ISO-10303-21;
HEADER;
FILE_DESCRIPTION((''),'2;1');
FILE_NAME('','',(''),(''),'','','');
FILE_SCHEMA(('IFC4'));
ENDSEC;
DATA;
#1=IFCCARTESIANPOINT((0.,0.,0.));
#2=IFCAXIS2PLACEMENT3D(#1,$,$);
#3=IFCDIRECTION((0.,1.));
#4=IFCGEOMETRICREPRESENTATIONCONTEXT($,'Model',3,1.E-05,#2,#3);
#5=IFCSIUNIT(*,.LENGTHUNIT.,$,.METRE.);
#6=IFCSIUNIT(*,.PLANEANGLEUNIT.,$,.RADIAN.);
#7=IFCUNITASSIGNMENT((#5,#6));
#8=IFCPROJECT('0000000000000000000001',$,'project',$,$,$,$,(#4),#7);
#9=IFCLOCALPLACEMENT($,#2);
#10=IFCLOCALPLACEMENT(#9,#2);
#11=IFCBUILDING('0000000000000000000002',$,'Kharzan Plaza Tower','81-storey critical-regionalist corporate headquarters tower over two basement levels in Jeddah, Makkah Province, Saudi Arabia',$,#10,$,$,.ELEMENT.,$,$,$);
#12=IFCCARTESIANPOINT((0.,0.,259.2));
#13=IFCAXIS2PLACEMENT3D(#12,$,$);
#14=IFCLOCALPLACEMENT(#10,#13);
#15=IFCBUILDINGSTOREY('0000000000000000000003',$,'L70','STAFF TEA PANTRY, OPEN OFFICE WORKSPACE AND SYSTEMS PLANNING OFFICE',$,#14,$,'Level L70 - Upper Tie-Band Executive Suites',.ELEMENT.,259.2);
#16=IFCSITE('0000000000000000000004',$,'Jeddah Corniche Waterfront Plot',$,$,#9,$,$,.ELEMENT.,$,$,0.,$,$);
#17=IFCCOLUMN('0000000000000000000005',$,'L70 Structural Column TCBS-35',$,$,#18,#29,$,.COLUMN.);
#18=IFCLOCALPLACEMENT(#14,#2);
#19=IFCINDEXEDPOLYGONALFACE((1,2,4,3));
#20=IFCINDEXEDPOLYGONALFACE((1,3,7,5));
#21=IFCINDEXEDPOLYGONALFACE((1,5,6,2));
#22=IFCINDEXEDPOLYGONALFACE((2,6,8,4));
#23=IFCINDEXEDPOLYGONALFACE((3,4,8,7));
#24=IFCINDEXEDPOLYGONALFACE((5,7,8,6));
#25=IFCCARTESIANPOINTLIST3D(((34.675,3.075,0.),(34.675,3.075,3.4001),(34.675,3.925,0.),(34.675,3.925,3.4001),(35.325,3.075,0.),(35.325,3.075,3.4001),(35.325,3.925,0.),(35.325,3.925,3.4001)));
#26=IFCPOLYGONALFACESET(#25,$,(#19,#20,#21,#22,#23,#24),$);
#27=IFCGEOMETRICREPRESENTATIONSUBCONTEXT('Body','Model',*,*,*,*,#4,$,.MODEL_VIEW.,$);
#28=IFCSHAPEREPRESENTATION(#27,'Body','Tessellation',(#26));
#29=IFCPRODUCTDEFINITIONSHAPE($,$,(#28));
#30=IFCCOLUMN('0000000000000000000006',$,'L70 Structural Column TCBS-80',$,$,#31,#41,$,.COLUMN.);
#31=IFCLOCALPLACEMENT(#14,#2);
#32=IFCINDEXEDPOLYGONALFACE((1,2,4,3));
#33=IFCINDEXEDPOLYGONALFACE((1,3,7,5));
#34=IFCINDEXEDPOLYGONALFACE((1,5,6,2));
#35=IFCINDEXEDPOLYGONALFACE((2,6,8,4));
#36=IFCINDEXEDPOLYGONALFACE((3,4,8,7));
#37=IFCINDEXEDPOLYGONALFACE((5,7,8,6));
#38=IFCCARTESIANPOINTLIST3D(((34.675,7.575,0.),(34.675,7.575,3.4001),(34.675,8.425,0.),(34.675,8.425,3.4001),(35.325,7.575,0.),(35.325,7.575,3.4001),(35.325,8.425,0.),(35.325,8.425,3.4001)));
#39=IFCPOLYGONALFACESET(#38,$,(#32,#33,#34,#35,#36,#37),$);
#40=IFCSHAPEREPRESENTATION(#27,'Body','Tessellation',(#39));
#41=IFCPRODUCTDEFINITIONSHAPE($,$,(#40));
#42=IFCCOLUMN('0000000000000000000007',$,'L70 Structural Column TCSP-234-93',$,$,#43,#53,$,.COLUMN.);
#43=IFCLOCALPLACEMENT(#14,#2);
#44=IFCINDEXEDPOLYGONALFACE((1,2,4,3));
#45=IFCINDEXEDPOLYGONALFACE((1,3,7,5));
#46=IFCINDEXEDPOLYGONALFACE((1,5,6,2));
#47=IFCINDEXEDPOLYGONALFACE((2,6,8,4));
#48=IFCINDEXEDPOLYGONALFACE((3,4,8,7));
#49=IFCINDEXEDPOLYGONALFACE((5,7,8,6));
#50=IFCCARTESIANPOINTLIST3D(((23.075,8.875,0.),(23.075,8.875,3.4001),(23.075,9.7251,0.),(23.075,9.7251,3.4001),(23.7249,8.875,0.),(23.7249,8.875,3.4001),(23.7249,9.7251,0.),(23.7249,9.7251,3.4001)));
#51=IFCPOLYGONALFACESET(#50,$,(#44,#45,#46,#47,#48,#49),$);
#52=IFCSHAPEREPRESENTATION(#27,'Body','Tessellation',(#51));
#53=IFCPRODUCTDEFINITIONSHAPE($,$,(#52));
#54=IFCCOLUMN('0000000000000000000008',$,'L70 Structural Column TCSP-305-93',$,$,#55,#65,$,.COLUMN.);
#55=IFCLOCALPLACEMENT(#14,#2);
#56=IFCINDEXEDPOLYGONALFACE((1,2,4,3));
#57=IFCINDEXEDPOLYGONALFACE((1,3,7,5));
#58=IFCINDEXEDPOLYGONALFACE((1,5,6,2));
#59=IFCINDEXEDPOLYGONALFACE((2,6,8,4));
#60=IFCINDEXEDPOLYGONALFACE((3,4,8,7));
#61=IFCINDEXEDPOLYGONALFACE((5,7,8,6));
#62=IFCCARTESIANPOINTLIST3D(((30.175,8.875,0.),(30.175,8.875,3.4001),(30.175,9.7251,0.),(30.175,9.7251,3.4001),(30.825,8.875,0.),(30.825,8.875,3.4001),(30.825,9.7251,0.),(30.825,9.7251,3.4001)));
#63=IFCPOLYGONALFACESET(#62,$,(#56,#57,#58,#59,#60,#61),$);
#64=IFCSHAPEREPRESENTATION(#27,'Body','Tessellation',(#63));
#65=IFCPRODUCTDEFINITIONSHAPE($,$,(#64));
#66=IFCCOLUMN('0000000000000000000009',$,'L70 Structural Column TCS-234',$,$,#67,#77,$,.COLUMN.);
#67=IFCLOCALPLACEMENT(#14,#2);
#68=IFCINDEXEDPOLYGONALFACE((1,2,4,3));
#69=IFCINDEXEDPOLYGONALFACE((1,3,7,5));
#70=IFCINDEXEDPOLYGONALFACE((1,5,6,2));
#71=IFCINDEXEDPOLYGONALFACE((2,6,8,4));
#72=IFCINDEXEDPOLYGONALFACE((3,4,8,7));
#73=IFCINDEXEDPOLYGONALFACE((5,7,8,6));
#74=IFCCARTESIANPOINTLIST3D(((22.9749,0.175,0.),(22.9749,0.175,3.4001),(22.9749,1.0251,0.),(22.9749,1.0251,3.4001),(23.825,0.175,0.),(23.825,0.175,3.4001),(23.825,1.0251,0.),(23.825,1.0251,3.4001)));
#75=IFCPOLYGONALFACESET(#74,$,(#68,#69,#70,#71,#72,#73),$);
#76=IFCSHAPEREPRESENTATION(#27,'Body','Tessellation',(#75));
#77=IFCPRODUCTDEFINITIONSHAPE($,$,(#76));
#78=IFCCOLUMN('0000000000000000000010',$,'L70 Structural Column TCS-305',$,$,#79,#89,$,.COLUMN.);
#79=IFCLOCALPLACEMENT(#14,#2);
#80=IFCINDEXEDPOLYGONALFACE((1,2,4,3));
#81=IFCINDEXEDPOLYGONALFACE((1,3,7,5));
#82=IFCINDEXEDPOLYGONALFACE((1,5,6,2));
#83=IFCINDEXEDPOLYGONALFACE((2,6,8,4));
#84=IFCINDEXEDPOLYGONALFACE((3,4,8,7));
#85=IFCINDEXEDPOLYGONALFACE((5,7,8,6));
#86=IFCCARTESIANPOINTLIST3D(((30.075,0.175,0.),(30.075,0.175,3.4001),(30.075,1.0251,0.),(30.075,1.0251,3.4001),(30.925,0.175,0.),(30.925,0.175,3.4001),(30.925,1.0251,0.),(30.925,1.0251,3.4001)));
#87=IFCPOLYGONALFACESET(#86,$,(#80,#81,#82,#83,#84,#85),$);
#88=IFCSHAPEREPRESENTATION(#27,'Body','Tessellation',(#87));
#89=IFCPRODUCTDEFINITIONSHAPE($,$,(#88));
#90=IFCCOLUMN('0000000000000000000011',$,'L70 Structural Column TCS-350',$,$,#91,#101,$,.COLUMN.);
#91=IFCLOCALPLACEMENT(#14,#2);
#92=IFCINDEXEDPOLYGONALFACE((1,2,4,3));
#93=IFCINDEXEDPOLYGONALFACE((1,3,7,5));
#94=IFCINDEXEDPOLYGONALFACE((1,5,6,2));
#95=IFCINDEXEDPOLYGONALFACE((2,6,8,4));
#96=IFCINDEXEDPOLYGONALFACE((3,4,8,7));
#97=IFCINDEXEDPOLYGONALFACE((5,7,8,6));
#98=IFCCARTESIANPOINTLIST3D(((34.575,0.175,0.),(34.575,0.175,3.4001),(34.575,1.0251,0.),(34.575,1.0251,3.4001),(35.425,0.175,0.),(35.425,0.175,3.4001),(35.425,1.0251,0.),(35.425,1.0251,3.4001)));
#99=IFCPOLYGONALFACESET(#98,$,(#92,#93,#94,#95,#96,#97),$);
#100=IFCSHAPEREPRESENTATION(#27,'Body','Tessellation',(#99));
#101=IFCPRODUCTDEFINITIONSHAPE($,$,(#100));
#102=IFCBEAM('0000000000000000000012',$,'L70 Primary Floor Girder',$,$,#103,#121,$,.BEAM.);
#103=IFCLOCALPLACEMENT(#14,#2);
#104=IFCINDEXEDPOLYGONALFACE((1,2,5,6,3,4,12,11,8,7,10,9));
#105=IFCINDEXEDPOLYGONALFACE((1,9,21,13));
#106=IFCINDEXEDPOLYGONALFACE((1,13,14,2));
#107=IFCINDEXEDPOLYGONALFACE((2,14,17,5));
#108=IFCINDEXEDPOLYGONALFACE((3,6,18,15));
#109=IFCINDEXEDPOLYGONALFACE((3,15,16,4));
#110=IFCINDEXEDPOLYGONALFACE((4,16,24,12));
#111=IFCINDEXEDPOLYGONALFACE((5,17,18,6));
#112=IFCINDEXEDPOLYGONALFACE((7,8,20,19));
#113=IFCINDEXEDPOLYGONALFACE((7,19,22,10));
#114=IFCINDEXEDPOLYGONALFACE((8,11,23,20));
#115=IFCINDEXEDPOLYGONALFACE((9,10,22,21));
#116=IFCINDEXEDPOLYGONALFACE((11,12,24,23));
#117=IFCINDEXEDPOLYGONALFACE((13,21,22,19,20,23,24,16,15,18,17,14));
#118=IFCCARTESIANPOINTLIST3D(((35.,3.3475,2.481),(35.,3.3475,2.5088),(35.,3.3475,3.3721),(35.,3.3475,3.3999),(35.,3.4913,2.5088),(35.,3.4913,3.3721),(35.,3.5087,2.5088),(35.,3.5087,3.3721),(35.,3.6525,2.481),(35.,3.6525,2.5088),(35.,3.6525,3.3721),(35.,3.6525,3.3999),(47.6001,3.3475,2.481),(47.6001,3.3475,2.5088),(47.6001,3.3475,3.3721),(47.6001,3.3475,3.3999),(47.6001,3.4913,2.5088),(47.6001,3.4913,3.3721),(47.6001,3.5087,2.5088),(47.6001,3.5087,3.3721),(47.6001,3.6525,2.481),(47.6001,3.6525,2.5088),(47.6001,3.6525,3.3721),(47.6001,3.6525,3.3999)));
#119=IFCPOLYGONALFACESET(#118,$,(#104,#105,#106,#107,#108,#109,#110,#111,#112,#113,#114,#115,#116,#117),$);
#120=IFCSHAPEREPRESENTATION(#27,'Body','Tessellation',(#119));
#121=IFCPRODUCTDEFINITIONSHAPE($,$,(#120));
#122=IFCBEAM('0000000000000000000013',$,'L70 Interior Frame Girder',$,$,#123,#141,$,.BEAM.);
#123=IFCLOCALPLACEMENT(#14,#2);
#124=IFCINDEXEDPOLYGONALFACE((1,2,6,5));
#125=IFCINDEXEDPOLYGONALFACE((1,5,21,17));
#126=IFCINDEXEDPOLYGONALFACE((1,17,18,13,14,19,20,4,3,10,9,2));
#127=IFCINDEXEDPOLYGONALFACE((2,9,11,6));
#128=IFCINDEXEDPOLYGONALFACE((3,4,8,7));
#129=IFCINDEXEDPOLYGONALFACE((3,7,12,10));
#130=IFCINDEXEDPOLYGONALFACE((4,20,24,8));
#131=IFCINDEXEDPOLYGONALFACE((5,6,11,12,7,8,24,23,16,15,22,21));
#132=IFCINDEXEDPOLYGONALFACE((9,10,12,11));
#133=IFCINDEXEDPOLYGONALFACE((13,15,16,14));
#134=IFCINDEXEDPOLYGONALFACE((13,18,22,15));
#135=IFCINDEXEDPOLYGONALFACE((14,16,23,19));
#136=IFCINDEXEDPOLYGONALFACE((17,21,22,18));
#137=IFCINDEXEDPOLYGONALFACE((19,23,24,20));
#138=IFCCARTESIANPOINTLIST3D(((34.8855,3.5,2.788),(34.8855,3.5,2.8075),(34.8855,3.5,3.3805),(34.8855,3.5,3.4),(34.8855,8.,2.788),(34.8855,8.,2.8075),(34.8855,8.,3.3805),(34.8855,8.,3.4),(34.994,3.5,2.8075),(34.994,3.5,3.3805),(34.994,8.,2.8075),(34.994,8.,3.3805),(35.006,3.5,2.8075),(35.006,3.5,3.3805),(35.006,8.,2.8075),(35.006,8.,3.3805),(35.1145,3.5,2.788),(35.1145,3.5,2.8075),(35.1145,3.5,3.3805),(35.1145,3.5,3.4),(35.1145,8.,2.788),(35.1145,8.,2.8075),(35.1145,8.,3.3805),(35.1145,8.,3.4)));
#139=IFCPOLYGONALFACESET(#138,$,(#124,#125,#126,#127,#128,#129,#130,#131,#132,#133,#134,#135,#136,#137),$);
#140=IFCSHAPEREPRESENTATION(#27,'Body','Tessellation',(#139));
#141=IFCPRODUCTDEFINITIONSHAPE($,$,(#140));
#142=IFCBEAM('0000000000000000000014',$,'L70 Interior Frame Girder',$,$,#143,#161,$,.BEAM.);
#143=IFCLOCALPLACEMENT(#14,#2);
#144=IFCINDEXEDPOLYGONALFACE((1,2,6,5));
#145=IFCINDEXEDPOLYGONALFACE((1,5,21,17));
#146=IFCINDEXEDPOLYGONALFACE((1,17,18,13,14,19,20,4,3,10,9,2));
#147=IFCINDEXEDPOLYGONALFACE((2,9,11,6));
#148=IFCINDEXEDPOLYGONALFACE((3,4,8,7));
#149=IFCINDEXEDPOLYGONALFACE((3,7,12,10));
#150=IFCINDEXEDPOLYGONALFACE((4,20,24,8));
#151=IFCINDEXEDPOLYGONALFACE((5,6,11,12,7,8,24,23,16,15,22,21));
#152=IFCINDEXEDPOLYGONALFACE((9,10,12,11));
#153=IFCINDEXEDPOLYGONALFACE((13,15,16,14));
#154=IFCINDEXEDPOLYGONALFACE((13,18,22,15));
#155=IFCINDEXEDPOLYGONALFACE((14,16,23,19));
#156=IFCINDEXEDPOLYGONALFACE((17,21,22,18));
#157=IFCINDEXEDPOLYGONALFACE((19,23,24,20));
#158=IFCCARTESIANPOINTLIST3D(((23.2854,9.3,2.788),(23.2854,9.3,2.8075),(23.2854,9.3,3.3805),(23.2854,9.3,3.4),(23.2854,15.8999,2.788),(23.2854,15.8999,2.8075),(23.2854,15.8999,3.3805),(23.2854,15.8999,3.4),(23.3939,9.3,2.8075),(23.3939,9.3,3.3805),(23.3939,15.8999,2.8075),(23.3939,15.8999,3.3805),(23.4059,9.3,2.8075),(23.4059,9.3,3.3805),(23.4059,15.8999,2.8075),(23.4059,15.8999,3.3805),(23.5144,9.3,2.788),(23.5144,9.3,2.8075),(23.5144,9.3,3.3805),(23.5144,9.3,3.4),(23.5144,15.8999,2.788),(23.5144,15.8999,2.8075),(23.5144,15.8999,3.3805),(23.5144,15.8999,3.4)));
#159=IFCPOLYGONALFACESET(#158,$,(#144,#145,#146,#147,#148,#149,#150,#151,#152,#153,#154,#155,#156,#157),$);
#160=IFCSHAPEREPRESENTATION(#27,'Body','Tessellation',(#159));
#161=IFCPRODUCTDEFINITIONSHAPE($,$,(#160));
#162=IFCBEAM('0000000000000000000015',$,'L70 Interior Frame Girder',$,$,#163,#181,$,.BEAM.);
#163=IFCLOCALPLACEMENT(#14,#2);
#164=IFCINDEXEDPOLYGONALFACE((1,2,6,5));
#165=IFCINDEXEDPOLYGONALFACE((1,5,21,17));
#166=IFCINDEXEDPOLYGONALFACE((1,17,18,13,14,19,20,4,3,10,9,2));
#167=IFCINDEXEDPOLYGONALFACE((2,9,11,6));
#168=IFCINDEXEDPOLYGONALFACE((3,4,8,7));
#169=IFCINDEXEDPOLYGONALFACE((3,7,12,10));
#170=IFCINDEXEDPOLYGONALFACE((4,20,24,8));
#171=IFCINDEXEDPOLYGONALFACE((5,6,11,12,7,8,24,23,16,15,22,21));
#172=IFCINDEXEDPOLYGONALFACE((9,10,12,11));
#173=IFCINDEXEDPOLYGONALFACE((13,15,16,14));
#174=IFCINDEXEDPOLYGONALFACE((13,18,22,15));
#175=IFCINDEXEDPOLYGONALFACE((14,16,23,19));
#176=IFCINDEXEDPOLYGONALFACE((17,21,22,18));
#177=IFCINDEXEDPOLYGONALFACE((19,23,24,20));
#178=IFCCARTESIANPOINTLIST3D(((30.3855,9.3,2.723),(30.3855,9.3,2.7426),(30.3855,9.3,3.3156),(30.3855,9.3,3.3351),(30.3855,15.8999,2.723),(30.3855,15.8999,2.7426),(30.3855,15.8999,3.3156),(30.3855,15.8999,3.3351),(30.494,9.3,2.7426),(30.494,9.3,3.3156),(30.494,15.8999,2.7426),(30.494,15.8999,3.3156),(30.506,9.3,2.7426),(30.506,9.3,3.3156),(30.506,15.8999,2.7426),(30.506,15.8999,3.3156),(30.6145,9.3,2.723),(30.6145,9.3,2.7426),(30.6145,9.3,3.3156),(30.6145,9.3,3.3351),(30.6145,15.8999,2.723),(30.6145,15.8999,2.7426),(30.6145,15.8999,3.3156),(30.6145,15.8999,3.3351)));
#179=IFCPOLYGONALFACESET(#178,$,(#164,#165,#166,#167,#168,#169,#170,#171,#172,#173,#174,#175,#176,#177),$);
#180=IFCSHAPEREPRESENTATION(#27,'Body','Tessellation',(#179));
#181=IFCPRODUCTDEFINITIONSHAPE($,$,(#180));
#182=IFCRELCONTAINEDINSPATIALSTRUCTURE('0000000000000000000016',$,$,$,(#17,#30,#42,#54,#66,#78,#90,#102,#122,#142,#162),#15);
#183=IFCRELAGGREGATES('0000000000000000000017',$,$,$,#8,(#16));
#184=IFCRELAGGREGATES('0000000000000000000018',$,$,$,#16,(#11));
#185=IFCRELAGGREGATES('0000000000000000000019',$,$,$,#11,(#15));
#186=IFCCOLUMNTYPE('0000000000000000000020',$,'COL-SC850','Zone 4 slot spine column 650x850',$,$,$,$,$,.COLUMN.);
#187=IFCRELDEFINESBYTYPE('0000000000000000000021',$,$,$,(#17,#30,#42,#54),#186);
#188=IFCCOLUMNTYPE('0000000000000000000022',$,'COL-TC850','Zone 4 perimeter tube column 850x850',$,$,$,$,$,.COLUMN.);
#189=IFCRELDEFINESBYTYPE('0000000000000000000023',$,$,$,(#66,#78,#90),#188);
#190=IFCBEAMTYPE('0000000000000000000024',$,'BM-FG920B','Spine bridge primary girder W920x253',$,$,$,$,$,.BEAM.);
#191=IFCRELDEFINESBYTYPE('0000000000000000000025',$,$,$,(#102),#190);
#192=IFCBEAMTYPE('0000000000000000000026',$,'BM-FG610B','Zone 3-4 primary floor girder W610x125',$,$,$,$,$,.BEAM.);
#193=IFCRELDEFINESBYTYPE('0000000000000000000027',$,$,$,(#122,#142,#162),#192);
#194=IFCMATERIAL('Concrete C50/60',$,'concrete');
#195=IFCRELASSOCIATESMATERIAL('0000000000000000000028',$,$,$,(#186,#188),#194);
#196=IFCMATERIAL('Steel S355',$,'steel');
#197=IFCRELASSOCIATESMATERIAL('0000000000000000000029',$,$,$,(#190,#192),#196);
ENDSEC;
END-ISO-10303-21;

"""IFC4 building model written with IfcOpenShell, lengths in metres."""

from ifc_helpers import new_model, si_unit, direction, frame, origin, origin_2d, place, context, subcontext, project, spatial, rectangle, i_section, extrude, source, transform, mapped, material, material_profile, profile_set, type_object, element, save


model = new_model("IFC4")

# Units and contexts
model_context = context("Model", 3, precision=1e-05, world=origin(), true_north=direction((0.0, 1.0)))
body_context = subcontext(model_context, "Body", "Model", "MODEL_VIEW")
ifc_project = project(units=[si_unit("LENGTHUNIT", "METRE"), si_unit("PLANEANGLEUNIT", "RADIAN")], contexts=[model_context])

# Site, building, storey
site_placement = place(None, origin())
site = spatial("IfcSite", under=ifc_project, at=site_placement, Name="Jeddah Corniche Waterfront Plot", CompositionType="ELEMENT", RefElevation=0.0)
building_placement = place(site_placement, origin())
building = spatial("IfcBuilding", under=site, at=building_placement, Name="Kharzan Plaza Tower", Description="81-storey critical-regionalist corporate headquarters tower over two basement levels in Jeddah, Makkah Province, Saudi Arabia", CompositionType="ELEMENT")
storey_placement = place(building_placement, frame((0.0, 0.0, 259.2)))
storey = spatial("IfcBuildingStorey", under=building, at=storey_placement, Name="L70", Description="STAFF TEA PANTRY, OPEN OFFICE WORKSPACE AND SYSTEMS PLANNING OFFICE", LongName="Level L70 - Upper Tie-Band Executive Suites", CompositionType="ELEMENT", Elevation=259.2)

# Columns
ifc_material_1 = material(Name="Concrete C50/60", Category="concrete")
ifc_material_profile_1 = material_profile(ifc_material_1, rectangle(XDim=0.6499, YDim=0.8501, at=origin_2d()), Name="RC-SC850x650")
ifc_profile_set_1 = profile_set([ifc_material_profile_1], Name="Concrete C50/60")
column_type_1 = type_object("IfcColumnType", Name="COL-SC850", Description="Zone 4 slot spine column 650x850", PredefinedType="COLUMN", material=ifc_profile_set_1)
shared_shape_1 = source(origin(), body_context, "Body", "SweptSolid", [
    extrude(rectangle(XDim=0.6499, YDim=0.8501, at=origin_2d()), origin(), (0.0, 0.0, 1.0), 3.4001),
])
for number, where, z_axis, x_axis, name in (
    (1, (35.0, 3.5, 0.0), (0.0, 0.0, 1.0), (1.0, 0.0, 0.0), "L70 Structural Column TCBS-35"),
    (2, (35.0, 8.0, 0.0), (0.0, 0.0, 1.0), (1.0, 0.0, 0.0), "L70 Structural Column TCBS-80"),
    (3, (23.3999, 9.3, 0.0), (0.0, 0.0, 1.0), (1.0, 0.0, 0.0), "L70 Structural Column TCSP-234-93"),
    (4, (30.5, 9.3, 0.0), (0.0, 0.0, 1.0), (1.0, 0.0, 0.0), "L70 Structural Column TCSP-305-93"),
):
    element("IfcColumn", number, at=place(storey_placement, frame(where, z_axis=z_axis, x_axis=x_axis)), inside=storey, type_object=column_type_1, Name=name, PredefinedType="COLUMN", context=body_context, shape_type="MappedRepresentation", body=[
        mapped(shared_shape_1, transform((0.0, 0.0, 0.0), x_axis=(1.0, 0.0, 0.0), y_axis=(0.0, 1.0, 0.0), z_axis=(0.0, 0.0, 1.0))),
    ])
ifc_material_profile_2 = material_profile(ifc_material_1, rectangle(XDim=0.8501, YDim=0.8501, at=origin_2d()), Name="RC-TC850x850")
ifc_profile_set_2 = profile_set([ifc_material_profile_2], Name="Concrete C50/60")
column_type_2 = type_object("IfcColumnType", Name="COL-TC850", Description="Zone 4 perimeter tube column 850x850", PredefinedType="COLUMN", material=ifc_profile_set_2)
shared_shape_2 = source(origin(), body_context, "Body", "SweptSolid", [
    extrude(rectangle(XDim=0.8501, YDim=0.8501, at=origin_2d()), origin(), (0.0, 0.0, 1.0), 3.4001),
])
for number, where, z_axis, x_axis, name in (
    (5, (23.3999, 0.6001, 0.0), (0.0, 0.0, 1.0), (1.0, 0.0, 0.0), "L70 Structural Column TCS-234"),
    (6, (30.5, 0.6001, 0.0), (0.0, 0.0, 1.0), (1.0, 0.0, 0.0), "L70 Structural Column TCS-305"),
    (7, (35.0, 0.6001, 0.0), (0.0, 0.0, 1.0), (1.0, 0.0, 0.0), "L70 Structural Column TCS-350"),
):
    element("IfcColumn", number, at=place(storey_placement, frame(where, z_axis=z_axis, x_axis=x_axis)), inside=storey, type_object=column_type_2, Name=name, PredefinedType="COLUMN", context=body_context, shape_type="MappedRepresentation", body=[
        mapped(shared_shape_2, transform((0.0, 0.0, 0.0), x_axis=(1.0, 0.0, 0.0), y_axis=(0.0, 1.0, 0.0), z_axis=(0.0, 0.0, 1.0))),
    ])

# Beams
ifc_material_2 = material(Name="Steel S355", Category="steel")
ifc_material_profile_3 = material_profile(ifc_material_2, i_section(OverallWidth=0.3049, OverallDepth=0.9189, WebThickness=0.0173, FlangeThickness=0.0278, at=origin_2d()), Name="W920x253")
ifc_profile_set_3 = profile_set([ifc_material_profile_3], Name="Steel S355")
beam_type_1 = type_object("IfcBeamType", Name="BM-FG920B", Description="Spine bridge primary girder W920x253", PredefinedType="BEAM", material=ifc_profile_set_3)
shared_shape_3 = source(origin(), body_context, "Body", "SweptSolid", [
    extrude(i_section(OverallWidth=0.3049, OverallDepth=0.9189, WebThickness=0.0173, FlangeThickness=0.0278, at=origin_2d()), origin(), (0.0, 0.0, 1.0), 12.6001),
])
beam_1_placement = place(storey_placement, frame((35.0, 3.5, 2.9404), z_axis=(1.0, 0.0, 0.0), x_axis=(0.0, 1.0, 0.0)))
element("IfcBeam", 8, at=beam_1_placement, inside=storey, type_object=beam_type_1, Name="L70 Primary Floor Girder", PredefinedType="BEAM", context=body_context, shape_type="MappedRepresentation", body=[
    mapped(shared_shape_3, transform((0.0, 0.0, 0.0), x_axis=(1.0, 0.0, 0.0), y_axis=(0.0, 1.0, 0.0), z_axis=(0.0, 0.0, 1.0))),
])
ifc_material_profile_4 = material_profile(ifc_material_2, i_section(OverallWidth=0.229, OverallDepth=0.6121, WebThickness=0.012, FlangeThickness=0.0195, at=origin_2d()), Name="W610x125")
ifc_profile_set_4 = profile_set([ifc_material_profile_4], Name="Steel S355")
beam_type_2 = type_object("IfcBeamType", Name="BM-FG610B", Description="Zone 3-4 primary floor girder W610x125", PredefinedType="BEAM", material=ifc_profile_set_4)
shared_shape_4 = source(origin(), body_context, "Body", "SweptSolid", [
    extrude(i_section(OverallWidth=0.229, OverallDepth=0.6121, WebThickness=0.012, FlangeThickness=0.0195, at=origin_2d()), origin(), (0.0, 0.0, 1.0), 4.5),
])
beam_2_placement = place(storey_placement, frame((35.0, 3.5, 3.094), z_axis=(0.0, 1.0, 0.0), x_axis=(-1.0, 0.0, 0.0)))
element("IfcBeam", 9, at=beam_2_placement, inside=storey, type_object=beam_type_2, Name="L70 Interior Frame Girder", PredefinedType="BEAM", context=body_context, shape_type="MappedRepresentation", body=[
    mapped(shared_shape_4, transform((0.0, 0.0, 0.0), x_axis=(1.0, 0.0, 0.0), y_axis=(0.0, 1.0, 0.0), z_axis=(0.0, 0.0, 1.0))),
])
shared_shape_5 = source(origin(), body_context, "Body", "SweptSolid", [
    extrude(i_section(OverallWidth=0.229, OverallDepth=0.6121, WebThickness=0.012, FlangeThickness=0.0195, at=origin_2d()), origin(), (0.0, 0.0, 1.0), 6.5999),
])
for number, where, z_axis, x_axis, name in (
    (10, (23.3999, 9.3, 3.094), (0.0, 1.0, 0.0), (-1.0, 0.0, 0.0), "L70 Interior Frame Girder"),
    (11, (30.5, 9.3, 3.0291), (0.0, 1.0, 0.0), (-1.0, 0.0, 0.0), "L70 Interior Frame Girder"),
):
    element("IfcBeam", number, at=place(storey_placement, frame(where, z_axis=z_axis, x_axis=x_axis)), inside=storey, type_object=beam_type_2, Name=name, PredefinedType="BEAM", context=body_context, shape_type="MappedRepresentation", body=[
        mapped(shared_shape_5, transform((0.0, 0.0, 0.0), x_axis=(1.0, 0.0, 0.0), y_axis=(0.0, 1.0, 0.0), z_axis=(0.0, 0.0, 1.0))),
    ])

save(model, "model.ifc")
